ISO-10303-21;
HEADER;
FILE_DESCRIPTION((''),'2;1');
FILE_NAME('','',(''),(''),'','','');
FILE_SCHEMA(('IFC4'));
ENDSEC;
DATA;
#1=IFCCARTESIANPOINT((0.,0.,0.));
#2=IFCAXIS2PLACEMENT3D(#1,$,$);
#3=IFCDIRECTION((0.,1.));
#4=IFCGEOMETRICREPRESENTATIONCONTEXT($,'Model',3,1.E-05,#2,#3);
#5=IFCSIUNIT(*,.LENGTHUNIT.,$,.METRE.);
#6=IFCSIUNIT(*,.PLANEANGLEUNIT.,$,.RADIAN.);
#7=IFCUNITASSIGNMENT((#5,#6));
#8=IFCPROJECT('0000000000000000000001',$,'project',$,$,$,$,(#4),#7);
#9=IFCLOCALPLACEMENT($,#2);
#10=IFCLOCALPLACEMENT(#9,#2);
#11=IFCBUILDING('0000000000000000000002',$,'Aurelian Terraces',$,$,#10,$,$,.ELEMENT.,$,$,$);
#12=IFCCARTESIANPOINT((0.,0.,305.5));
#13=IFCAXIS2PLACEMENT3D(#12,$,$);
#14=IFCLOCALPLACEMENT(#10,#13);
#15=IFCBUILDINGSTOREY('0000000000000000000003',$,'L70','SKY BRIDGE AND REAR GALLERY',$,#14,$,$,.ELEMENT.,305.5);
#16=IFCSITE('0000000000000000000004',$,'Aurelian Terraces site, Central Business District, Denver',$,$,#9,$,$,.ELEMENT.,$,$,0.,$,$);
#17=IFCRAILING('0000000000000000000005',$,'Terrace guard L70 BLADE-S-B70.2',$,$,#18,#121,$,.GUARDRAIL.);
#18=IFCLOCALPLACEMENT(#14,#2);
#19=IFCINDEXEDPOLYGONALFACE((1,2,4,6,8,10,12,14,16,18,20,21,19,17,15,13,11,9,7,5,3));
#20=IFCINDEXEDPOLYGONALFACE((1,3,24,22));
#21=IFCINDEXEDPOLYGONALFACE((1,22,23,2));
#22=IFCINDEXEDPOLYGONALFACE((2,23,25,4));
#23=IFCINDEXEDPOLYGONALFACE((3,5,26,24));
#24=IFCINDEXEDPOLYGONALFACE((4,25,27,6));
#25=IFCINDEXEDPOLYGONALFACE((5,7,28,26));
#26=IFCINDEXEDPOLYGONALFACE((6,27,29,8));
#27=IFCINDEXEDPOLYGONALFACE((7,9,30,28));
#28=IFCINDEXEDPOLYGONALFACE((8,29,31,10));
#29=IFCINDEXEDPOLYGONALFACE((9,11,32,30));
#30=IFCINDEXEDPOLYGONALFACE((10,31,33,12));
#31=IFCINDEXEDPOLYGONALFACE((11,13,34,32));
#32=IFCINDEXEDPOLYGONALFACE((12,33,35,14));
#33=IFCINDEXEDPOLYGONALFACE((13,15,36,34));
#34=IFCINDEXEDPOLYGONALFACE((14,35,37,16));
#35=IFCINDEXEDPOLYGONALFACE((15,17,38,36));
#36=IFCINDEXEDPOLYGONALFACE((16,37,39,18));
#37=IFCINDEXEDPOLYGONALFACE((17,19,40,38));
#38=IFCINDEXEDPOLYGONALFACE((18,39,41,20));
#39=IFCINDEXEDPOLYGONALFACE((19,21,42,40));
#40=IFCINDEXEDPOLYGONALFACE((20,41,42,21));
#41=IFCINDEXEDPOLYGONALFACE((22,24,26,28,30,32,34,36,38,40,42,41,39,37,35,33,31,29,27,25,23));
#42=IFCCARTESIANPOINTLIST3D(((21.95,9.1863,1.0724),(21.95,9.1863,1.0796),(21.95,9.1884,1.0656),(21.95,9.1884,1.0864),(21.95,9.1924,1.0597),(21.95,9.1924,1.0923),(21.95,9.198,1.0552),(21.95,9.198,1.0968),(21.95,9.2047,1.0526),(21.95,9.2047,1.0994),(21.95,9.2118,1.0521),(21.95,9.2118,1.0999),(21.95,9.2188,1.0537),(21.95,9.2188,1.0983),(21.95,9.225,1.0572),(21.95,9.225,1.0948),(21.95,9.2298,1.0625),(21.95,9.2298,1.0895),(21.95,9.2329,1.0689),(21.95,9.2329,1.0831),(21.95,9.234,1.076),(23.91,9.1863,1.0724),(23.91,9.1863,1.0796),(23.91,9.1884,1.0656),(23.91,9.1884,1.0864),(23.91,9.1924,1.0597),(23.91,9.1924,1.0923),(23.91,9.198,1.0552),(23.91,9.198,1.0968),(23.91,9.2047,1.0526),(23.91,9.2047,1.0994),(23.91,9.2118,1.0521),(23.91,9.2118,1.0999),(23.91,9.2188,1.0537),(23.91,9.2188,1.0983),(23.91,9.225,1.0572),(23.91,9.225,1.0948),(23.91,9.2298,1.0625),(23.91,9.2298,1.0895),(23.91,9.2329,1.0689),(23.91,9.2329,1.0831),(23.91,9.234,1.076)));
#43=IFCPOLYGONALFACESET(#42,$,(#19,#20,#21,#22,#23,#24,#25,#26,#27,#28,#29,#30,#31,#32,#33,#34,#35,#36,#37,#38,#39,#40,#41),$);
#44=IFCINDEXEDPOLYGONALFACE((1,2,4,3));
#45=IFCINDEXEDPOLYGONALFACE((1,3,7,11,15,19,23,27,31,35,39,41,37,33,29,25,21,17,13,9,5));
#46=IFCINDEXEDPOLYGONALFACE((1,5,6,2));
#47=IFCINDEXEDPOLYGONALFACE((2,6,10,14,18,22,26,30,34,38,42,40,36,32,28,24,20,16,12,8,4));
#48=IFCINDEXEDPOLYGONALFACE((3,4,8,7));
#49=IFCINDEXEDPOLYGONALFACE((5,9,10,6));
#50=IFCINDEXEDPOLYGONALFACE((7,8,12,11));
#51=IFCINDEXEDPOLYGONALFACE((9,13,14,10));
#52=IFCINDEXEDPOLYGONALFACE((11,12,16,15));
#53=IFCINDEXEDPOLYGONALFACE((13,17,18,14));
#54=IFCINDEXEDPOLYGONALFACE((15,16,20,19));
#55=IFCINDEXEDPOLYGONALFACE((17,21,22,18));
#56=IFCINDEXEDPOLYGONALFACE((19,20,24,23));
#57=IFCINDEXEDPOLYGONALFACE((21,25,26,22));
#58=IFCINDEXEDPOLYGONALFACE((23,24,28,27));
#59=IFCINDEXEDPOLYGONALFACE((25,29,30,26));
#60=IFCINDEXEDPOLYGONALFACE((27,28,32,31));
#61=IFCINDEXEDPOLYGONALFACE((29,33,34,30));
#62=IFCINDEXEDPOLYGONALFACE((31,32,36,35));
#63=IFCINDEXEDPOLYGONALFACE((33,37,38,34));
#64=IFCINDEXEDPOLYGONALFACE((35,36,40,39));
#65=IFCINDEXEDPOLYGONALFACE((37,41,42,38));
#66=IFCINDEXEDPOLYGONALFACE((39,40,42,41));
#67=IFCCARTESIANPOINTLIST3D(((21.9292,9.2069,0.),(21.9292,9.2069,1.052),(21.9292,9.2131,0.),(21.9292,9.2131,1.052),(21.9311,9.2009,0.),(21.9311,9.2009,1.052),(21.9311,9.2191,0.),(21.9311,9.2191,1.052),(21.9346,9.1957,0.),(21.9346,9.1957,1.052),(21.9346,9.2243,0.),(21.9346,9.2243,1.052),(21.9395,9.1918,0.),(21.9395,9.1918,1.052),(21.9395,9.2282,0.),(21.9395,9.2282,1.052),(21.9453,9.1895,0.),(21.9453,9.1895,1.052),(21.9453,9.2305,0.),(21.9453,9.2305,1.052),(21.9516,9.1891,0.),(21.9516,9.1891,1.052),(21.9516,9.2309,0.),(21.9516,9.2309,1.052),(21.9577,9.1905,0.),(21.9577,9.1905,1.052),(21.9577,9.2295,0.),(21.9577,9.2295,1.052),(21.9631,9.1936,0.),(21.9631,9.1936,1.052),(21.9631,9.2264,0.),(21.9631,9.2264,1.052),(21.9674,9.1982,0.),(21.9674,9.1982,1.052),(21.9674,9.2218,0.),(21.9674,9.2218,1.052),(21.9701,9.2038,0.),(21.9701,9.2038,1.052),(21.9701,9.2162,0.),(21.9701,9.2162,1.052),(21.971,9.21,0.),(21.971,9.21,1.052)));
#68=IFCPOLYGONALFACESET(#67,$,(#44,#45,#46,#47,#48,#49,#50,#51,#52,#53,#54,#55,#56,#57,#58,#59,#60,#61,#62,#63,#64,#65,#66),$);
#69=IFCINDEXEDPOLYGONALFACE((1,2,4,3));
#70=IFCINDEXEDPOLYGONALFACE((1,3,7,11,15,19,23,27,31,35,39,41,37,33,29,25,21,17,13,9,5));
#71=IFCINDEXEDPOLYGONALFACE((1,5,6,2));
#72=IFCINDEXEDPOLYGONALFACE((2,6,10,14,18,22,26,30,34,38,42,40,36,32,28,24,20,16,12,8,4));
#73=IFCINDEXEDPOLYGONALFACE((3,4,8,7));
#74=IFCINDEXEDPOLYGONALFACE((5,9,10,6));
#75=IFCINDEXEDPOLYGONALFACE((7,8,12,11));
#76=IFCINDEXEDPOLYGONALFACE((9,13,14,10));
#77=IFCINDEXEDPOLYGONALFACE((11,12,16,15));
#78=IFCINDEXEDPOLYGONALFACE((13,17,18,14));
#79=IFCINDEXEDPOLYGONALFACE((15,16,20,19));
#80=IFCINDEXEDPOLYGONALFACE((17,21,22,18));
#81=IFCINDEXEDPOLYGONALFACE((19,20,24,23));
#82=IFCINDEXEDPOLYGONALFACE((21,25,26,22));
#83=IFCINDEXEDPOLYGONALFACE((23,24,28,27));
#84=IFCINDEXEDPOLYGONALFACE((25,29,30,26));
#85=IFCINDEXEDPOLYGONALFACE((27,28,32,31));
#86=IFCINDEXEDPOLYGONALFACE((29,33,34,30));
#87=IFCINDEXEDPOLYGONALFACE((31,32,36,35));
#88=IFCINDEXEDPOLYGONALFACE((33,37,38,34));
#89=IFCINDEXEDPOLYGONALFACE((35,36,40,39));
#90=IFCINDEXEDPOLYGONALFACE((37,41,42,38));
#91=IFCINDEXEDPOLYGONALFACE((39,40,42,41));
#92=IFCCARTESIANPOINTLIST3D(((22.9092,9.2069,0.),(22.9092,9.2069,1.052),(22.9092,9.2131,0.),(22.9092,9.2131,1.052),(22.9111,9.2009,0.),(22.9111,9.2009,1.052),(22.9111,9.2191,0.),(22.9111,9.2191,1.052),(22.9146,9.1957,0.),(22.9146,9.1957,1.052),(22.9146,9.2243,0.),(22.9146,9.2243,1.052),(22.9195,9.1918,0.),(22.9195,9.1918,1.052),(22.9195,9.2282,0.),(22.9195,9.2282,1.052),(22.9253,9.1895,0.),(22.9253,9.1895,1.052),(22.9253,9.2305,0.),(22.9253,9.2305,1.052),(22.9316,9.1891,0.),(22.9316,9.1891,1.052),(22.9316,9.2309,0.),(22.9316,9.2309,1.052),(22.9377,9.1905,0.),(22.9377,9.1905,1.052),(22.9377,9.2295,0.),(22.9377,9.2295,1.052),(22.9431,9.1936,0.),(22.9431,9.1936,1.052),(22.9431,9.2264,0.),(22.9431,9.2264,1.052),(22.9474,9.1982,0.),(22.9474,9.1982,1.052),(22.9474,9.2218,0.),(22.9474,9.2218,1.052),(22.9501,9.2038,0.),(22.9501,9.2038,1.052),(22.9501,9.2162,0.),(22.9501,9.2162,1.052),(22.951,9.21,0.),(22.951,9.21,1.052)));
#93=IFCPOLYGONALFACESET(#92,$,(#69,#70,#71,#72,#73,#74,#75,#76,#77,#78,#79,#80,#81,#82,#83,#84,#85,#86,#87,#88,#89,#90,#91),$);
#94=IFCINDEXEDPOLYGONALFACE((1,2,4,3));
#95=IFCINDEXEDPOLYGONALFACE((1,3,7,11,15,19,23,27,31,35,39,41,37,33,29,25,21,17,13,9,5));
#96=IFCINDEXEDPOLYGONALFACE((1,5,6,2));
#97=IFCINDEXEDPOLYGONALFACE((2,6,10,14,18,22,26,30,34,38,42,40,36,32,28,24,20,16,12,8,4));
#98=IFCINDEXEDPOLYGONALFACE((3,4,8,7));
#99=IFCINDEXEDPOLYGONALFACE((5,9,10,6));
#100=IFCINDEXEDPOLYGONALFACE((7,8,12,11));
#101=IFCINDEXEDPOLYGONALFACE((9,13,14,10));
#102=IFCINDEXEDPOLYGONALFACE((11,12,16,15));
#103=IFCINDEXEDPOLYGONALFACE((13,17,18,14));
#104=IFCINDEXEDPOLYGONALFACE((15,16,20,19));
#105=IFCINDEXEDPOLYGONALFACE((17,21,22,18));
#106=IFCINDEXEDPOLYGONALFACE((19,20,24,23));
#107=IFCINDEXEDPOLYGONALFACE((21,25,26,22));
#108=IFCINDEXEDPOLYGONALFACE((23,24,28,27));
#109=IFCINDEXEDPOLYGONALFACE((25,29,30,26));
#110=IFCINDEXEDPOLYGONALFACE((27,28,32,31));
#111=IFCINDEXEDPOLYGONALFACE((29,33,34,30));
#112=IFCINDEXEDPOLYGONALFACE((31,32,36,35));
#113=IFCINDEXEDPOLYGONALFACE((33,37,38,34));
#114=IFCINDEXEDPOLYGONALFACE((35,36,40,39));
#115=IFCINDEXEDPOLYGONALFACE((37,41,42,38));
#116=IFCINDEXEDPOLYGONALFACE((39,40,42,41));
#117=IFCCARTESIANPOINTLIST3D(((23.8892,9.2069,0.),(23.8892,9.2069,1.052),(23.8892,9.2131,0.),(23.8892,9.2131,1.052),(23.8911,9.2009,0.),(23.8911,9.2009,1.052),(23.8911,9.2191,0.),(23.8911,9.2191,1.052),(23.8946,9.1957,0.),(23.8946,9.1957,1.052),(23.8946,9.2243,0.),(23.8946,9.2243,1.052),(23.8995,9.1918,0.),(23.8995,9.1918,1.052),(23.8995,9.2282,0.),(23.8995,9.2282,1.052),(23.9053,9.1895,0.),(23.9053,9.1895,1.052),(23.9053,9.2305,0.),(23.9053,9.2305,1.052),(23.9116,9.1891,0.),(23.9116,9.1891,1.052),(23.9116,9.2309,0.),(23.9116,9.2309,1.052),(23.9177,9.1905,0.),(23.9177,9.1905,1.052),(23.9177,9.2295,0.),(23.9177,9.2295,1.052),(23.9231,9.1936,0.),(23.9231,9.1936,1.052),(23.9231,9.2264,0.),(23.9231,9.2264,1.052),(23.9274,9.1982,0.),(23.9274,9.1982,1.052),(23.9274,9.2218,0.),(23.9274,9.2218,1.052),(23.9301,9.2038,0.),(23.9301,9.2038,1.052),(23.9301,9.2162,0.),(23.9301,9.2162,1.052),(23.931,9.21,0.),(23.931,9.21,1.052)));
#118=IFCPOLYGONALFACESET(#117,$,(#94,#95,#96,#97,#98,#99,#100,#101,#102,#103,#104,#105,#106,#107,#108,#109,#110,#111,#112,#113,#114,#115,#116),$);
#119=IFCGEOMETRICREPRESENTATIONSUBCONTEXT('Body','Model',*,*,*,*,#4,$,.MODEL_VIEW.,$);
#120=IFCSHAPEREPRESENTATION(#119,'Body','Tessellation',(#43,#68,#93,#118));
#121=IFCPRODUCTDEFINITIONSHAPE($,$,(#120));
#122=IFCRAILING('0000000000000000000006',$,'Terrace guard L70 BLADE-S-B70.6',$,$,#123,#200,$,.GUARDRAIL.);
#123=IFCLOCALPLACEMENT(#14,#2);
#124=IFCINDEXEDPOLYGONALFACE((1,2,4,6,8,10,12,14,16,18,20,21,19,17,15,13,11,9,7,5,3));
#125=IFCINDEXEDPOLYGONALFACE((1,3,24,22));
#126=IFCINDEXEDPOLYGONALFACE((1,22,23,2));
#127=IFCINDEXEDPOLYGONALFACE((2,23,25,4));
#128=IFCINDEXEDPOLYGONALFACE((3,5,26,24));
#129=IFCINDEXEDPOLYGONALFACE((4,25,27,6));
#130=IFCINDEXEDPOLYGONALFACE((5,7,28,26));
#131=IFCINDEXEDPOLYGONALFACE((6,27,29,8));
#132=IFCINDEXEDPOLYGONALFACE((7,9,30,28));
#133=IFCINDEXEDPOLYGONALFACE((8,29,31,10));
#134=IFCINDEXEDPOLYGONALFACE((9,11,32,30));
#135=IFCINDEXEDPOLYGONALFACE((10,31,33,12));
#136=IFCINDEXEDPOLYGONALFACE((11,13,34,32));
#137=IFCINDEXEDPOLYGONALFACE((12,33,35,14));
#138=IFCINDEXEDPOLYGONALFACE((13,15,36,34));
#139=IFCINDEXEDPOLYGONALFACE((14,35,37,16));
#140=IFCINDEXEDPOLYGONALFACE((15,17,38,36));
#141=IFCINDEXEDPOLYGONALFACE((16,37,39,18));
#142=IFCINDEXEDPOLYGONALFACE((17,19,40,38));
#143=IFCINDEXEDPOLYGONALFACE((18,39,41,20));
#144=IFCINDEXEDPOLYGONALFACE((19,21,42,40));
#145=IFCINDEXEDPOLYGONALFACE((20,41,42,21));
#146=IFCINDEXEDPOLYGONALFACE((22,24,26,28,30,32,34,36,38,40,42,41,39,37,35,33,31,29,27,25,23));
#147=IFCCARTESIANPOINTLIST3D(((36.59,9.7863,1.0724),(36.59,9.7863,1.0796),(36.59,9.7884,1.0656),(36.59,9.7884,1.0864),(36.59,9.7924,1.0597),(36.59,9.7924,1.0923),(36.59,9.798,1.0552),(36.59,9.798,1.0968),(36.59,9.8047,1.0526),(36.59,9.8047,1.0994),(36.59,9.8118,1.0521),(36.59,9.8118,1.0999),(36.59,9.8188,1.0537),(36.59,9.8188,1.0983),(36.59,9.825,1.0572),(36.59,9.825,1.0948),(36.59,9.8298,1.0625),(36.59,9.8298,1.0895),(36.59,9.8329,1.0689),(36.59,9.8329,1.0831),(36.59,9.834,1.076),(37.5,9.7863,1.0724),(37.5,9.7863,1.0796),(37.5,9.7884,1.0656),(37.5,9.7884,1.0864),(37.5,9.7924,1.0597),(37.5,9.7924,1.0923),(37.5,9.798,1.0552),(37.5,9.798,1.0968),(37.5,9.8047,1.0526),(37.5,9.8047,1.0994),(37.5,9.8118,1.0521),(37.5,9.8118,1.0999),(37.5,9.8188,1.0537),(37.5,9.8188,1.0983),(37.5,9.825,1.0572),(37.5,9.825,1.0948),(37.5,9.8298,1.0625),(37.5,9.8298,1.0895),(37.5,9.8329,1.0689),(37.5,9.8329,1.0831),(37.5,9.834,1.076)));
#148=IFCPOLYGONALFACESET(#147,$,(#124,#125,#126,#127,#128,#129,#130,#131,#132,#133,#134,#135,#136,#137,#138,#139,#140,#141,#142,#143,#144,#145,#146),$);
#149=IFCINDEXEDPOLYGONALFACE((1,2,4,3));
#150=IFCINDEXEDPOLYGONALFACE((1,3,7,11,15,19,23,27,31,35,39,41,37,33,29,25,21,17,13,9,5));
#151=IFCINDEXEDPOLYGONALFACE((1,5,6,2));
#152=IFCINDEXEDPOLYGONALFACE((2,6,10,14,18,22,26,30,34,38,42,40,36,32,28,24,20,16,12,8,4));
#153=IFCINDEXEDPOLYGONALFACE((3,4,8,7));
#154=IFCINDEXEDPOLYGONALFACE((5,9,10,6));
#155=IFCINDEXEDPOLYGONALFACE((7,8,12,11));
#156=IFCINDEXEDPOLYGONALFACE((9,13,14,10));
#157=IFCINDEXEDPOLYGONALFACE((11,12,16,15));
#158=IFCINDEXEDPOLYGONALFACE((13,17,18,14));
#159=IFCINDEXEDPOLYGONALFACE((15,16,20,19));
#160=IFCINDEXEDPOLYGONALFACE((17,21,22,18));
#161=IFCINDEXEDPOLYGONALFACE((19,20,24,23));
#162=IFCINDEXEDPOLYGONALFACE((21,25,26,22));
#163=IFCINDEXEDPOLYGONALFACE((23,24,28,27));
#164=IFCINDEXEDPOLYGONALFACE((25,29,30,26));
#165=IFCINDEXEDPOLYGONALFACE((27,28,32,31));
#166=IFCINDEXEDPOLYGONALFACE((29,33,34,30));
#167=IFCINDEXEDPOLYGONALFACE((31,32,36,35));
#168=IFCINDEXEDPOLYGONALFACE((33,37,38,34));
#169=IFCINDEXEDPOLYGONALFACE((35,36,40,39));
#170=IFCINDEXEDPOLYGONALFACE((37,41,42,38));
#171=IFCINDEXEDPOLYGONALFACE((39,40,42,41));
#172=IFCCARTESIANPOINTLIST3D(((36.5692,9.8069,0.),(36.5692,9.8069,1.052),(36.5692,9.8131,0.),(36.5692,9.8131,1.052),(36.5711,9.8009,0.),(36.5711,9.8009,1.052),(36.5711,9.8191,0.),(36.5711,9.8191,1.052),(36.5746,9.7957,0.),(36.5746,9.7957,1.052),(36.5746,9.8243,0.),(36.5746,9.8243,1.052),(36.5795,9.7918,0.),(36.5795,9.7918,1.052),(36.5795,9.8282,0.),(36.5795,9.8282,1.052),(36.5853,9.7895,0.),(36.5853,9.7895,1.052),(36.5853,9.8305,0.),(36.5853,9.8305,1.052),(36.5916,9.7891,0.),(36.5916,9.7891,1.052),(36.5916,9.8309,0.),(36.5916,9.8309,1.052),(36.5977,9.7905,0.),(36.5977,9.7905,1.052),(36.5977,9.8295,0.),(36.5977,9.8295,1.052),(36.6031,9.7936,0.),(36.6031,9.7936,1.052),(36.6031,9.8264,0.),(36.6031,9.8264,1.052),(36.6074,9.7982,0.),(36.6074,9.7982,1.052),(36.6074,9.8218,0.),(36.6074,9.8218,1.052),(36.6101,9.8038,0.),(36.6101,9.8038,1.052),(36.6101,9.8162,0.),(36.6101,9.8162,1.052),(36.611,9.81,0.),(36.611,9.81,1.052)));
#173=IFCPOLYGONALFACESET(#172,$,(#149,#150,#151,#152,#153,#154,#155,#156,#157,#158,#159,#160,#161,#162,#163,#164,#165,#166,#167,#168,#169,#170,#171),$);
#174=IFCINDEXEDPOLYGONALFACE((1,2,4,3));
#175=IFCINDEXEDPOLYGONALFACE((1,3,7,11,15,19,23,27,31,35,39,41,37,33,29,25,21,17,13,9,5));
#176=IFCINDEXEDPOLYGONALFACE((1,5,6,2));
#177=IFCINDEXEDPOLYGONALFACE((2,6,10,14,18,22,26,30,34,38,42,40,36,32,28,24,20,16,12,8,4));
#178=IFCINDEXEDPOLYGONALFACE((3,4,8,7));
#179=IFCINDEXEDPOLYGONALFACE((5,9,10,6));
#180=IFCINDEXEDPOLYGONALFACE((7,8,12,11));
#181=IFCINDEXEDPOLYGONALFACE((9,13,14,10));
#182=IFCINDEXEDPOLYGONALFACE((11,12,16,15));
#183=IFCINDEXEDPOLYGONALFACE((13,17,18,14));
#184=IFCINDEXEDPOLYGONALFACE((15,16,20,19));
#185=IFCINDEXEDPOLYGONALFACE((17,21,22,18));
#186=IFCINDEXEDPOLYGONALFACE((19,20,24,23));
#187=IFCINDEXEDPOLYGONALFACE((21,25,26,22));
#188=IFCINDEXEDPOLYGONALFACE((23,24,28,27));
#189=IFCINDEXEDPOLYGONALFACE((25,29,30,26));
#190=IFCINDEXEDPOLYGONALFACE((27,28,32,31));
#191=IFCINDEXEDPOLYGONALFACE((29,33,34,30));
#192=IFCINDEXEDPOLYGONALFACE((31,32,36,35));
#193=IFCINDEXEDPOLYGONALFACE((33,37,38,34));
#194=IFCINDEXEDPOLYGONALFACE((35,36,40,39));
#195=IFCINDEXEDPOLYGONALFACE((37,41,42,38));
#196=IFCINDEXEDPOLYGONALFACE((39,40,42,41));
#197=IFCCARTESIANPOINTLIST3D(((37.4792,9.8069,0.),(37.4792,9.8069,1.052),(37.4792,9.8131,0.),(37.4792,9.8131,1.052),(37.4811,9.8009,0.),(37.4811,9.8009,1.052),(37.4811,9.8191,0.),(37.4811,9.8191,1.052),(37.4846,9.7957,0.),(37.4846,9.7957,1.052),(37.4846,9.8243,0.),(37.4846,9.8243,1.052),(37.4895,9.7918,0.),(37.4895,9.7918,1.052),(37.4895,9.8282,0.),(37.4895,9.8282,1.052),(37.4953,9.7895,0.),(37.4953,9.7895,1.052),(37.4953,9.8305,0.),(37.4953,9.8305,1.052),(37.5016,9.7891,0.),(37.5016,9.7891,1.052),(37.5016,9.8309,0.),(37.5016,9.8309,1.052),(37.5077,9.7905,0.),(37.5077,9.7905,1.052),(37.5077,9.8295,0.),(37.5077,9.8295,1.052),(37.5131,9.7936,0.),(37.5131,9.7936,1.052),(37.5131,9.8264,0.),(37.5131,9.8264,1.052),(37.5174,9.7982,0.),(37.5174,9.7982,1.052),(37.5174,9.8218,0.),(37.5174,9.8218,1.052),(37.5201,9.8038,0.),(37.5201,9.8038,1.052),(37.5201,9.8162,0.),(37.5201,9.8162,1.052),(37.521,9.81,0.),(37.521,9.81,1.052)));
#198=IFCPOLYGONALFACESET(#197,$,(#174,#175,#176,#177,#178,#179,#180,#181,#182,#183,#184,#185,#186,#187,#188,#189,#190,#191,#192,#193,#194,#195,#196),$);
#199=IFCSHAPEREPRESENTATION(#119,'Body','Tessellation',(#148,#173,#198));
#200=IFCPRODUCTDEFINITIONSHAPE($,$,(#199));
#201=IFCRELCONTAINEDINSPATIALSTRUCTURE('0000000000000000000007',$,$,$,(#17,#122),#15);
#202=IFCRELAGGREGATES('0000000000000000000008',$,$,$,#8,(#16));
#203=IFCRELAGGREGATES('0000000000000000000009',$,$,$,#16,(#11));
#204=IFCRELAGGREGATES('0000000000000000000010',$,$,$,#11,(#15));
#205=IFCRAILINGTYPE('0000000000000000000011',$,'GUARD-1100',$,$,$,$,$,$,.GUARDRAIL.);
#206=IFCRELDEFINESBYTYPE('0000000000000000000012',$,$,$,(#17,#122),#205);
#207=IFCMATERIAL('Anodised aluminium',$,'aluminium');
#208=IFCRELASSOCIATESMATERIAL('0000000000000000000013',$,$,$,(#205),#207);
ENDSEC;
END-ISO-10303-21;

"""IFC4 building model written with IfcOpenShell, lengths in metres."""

from ifc_helpers import new_model, si_unit, direction, frame, origin, origin_2d, place, context, subcontext, project, spatial, circle, extrude, source, transform, mapped, material, type_object, element, save


model = new_model("IFC4")

# Units and contexts
model_context = context("Model", 3, precision=1e-05, world=origin(), true_north=direction((0.0, 1.0)))
body_context = subcontext(model_context, "Body", "Model", "MODEL_VIEW")
ifc_project = project(units=[si_unit("LENGTHUNIT", "METRE"), si_unit("PLANEANGLEUNIT", "RADIAN")], contexts=[model_context])

# Site, building, storey
site_placement = place(None, origin())
site = spatial("IfcSite", under=ifc_project, at=site_placement, Name="Aurelian Terraces site, Central Business District, Denver", CompositionType="ELEMENT", RefElevation=0.0)
building_placement = place(site_placement, origin())
building = spatial("IfcBuilding", under=site, at=building_placement, Name="Aurelian Terraces", CompositionType="ELEMENT")
storey_placement = place(building_placement, frame((0.0, 0.0, 305.5)))
storey = spatial("IfcBuildingStorey", under=building, at=storey_placement, Name="L70", Description="SKY BRIDGE AND REAR GALLERY", CompositionType="ELEMENT", Elevation=305.5)

# Shared definitions
ifc_material_1 = material(Name="Anodised aluminium", Category="aluminium")
railing_type = type_object("IfcRailingType", Name="GUARD-1100", PredefinedType="GUARDRAIL", material=ifc_material_1)

# Railings
shared_shape_1 = source(origin(), body_context, "Body", "SweptSolid", [
    extrude(circle(Radius=0.024, at=origin_2d()), frame((0.0, 0.0, 1.076), z_axis=(1.0, 0.0, 0.0), x_axis=(0.0, 1.0, 0.0)), (0.0, 0.0, 1.0), 1.96),
    extrude(circle(Radius=0.021, at=origin_2d()), origin(), (0.0, 0.0, 1.0), 1.052),
    extrude(circle(Radius=0.021, at=origin_2d()), frame((0.98, 0.0, 0.0)), (0.0, 0.0, 1.0), 1.052),
    extrude(circle(Radius=0.021, at=origin_2d()), frame((1.96, 0.0, 0.0)), (0.0, 0.0, 1.0), 1.052),
])
railing_1_placement = place(storey_placement, frame((21.95, 9.21, 0.0)))
element("IfcRailing", 1, at=railing_1_placement, inside=storey, type_object=railing_type, Name="Terrace guard L70 BLADE-S-B70.2", PredefinedType="GUARDRAIL", context=body_context, shape_type="MappedRepresentation", body=[
    mapped(shared_shape_1, transform((0.0, 0.0, 0.0), scale=1.0)),
])
shared_shape_2 = source(origin(), body_context, "Body", "SweptSolid", [
    extrude(circle(Radius=0.024, at=origin_2d()), frame((0.0, 0.0, 1.076), z_axis=(1.0, 0.0, 0.0), x_axis=(0.0, 1.0, 0.0)), (0.0, 0.0, 1.0), 0.91),
    extrude(circle(Radius=0.021, at=origin_2d()), origin(), (0.0, 0.0, 1.0), 1.052),
    extrude(circle(Radius=0.021, at=origin_2d()), frame((0.91, 0.0, 0.0)), (0.0, 0.0, 1.0), 1.052),
])
railing_2_placement = place(storey_placement, frame((36.59, 9.81, 0.0)))
element("IfcRailing", 2, at=railing_2_placement, inside=storey, type_object=railing_type, Name="Terrace guard L70 BLADE-S-B70.6", PredefinedType="GUARDRAIL", context=body_context, shape_type="MappedRepresentation", body=[
    mapped(shared_shape_2, transform((0.0, 0.0, 0.0), scale=1.0)),
])

save(model, "model.ifc")
